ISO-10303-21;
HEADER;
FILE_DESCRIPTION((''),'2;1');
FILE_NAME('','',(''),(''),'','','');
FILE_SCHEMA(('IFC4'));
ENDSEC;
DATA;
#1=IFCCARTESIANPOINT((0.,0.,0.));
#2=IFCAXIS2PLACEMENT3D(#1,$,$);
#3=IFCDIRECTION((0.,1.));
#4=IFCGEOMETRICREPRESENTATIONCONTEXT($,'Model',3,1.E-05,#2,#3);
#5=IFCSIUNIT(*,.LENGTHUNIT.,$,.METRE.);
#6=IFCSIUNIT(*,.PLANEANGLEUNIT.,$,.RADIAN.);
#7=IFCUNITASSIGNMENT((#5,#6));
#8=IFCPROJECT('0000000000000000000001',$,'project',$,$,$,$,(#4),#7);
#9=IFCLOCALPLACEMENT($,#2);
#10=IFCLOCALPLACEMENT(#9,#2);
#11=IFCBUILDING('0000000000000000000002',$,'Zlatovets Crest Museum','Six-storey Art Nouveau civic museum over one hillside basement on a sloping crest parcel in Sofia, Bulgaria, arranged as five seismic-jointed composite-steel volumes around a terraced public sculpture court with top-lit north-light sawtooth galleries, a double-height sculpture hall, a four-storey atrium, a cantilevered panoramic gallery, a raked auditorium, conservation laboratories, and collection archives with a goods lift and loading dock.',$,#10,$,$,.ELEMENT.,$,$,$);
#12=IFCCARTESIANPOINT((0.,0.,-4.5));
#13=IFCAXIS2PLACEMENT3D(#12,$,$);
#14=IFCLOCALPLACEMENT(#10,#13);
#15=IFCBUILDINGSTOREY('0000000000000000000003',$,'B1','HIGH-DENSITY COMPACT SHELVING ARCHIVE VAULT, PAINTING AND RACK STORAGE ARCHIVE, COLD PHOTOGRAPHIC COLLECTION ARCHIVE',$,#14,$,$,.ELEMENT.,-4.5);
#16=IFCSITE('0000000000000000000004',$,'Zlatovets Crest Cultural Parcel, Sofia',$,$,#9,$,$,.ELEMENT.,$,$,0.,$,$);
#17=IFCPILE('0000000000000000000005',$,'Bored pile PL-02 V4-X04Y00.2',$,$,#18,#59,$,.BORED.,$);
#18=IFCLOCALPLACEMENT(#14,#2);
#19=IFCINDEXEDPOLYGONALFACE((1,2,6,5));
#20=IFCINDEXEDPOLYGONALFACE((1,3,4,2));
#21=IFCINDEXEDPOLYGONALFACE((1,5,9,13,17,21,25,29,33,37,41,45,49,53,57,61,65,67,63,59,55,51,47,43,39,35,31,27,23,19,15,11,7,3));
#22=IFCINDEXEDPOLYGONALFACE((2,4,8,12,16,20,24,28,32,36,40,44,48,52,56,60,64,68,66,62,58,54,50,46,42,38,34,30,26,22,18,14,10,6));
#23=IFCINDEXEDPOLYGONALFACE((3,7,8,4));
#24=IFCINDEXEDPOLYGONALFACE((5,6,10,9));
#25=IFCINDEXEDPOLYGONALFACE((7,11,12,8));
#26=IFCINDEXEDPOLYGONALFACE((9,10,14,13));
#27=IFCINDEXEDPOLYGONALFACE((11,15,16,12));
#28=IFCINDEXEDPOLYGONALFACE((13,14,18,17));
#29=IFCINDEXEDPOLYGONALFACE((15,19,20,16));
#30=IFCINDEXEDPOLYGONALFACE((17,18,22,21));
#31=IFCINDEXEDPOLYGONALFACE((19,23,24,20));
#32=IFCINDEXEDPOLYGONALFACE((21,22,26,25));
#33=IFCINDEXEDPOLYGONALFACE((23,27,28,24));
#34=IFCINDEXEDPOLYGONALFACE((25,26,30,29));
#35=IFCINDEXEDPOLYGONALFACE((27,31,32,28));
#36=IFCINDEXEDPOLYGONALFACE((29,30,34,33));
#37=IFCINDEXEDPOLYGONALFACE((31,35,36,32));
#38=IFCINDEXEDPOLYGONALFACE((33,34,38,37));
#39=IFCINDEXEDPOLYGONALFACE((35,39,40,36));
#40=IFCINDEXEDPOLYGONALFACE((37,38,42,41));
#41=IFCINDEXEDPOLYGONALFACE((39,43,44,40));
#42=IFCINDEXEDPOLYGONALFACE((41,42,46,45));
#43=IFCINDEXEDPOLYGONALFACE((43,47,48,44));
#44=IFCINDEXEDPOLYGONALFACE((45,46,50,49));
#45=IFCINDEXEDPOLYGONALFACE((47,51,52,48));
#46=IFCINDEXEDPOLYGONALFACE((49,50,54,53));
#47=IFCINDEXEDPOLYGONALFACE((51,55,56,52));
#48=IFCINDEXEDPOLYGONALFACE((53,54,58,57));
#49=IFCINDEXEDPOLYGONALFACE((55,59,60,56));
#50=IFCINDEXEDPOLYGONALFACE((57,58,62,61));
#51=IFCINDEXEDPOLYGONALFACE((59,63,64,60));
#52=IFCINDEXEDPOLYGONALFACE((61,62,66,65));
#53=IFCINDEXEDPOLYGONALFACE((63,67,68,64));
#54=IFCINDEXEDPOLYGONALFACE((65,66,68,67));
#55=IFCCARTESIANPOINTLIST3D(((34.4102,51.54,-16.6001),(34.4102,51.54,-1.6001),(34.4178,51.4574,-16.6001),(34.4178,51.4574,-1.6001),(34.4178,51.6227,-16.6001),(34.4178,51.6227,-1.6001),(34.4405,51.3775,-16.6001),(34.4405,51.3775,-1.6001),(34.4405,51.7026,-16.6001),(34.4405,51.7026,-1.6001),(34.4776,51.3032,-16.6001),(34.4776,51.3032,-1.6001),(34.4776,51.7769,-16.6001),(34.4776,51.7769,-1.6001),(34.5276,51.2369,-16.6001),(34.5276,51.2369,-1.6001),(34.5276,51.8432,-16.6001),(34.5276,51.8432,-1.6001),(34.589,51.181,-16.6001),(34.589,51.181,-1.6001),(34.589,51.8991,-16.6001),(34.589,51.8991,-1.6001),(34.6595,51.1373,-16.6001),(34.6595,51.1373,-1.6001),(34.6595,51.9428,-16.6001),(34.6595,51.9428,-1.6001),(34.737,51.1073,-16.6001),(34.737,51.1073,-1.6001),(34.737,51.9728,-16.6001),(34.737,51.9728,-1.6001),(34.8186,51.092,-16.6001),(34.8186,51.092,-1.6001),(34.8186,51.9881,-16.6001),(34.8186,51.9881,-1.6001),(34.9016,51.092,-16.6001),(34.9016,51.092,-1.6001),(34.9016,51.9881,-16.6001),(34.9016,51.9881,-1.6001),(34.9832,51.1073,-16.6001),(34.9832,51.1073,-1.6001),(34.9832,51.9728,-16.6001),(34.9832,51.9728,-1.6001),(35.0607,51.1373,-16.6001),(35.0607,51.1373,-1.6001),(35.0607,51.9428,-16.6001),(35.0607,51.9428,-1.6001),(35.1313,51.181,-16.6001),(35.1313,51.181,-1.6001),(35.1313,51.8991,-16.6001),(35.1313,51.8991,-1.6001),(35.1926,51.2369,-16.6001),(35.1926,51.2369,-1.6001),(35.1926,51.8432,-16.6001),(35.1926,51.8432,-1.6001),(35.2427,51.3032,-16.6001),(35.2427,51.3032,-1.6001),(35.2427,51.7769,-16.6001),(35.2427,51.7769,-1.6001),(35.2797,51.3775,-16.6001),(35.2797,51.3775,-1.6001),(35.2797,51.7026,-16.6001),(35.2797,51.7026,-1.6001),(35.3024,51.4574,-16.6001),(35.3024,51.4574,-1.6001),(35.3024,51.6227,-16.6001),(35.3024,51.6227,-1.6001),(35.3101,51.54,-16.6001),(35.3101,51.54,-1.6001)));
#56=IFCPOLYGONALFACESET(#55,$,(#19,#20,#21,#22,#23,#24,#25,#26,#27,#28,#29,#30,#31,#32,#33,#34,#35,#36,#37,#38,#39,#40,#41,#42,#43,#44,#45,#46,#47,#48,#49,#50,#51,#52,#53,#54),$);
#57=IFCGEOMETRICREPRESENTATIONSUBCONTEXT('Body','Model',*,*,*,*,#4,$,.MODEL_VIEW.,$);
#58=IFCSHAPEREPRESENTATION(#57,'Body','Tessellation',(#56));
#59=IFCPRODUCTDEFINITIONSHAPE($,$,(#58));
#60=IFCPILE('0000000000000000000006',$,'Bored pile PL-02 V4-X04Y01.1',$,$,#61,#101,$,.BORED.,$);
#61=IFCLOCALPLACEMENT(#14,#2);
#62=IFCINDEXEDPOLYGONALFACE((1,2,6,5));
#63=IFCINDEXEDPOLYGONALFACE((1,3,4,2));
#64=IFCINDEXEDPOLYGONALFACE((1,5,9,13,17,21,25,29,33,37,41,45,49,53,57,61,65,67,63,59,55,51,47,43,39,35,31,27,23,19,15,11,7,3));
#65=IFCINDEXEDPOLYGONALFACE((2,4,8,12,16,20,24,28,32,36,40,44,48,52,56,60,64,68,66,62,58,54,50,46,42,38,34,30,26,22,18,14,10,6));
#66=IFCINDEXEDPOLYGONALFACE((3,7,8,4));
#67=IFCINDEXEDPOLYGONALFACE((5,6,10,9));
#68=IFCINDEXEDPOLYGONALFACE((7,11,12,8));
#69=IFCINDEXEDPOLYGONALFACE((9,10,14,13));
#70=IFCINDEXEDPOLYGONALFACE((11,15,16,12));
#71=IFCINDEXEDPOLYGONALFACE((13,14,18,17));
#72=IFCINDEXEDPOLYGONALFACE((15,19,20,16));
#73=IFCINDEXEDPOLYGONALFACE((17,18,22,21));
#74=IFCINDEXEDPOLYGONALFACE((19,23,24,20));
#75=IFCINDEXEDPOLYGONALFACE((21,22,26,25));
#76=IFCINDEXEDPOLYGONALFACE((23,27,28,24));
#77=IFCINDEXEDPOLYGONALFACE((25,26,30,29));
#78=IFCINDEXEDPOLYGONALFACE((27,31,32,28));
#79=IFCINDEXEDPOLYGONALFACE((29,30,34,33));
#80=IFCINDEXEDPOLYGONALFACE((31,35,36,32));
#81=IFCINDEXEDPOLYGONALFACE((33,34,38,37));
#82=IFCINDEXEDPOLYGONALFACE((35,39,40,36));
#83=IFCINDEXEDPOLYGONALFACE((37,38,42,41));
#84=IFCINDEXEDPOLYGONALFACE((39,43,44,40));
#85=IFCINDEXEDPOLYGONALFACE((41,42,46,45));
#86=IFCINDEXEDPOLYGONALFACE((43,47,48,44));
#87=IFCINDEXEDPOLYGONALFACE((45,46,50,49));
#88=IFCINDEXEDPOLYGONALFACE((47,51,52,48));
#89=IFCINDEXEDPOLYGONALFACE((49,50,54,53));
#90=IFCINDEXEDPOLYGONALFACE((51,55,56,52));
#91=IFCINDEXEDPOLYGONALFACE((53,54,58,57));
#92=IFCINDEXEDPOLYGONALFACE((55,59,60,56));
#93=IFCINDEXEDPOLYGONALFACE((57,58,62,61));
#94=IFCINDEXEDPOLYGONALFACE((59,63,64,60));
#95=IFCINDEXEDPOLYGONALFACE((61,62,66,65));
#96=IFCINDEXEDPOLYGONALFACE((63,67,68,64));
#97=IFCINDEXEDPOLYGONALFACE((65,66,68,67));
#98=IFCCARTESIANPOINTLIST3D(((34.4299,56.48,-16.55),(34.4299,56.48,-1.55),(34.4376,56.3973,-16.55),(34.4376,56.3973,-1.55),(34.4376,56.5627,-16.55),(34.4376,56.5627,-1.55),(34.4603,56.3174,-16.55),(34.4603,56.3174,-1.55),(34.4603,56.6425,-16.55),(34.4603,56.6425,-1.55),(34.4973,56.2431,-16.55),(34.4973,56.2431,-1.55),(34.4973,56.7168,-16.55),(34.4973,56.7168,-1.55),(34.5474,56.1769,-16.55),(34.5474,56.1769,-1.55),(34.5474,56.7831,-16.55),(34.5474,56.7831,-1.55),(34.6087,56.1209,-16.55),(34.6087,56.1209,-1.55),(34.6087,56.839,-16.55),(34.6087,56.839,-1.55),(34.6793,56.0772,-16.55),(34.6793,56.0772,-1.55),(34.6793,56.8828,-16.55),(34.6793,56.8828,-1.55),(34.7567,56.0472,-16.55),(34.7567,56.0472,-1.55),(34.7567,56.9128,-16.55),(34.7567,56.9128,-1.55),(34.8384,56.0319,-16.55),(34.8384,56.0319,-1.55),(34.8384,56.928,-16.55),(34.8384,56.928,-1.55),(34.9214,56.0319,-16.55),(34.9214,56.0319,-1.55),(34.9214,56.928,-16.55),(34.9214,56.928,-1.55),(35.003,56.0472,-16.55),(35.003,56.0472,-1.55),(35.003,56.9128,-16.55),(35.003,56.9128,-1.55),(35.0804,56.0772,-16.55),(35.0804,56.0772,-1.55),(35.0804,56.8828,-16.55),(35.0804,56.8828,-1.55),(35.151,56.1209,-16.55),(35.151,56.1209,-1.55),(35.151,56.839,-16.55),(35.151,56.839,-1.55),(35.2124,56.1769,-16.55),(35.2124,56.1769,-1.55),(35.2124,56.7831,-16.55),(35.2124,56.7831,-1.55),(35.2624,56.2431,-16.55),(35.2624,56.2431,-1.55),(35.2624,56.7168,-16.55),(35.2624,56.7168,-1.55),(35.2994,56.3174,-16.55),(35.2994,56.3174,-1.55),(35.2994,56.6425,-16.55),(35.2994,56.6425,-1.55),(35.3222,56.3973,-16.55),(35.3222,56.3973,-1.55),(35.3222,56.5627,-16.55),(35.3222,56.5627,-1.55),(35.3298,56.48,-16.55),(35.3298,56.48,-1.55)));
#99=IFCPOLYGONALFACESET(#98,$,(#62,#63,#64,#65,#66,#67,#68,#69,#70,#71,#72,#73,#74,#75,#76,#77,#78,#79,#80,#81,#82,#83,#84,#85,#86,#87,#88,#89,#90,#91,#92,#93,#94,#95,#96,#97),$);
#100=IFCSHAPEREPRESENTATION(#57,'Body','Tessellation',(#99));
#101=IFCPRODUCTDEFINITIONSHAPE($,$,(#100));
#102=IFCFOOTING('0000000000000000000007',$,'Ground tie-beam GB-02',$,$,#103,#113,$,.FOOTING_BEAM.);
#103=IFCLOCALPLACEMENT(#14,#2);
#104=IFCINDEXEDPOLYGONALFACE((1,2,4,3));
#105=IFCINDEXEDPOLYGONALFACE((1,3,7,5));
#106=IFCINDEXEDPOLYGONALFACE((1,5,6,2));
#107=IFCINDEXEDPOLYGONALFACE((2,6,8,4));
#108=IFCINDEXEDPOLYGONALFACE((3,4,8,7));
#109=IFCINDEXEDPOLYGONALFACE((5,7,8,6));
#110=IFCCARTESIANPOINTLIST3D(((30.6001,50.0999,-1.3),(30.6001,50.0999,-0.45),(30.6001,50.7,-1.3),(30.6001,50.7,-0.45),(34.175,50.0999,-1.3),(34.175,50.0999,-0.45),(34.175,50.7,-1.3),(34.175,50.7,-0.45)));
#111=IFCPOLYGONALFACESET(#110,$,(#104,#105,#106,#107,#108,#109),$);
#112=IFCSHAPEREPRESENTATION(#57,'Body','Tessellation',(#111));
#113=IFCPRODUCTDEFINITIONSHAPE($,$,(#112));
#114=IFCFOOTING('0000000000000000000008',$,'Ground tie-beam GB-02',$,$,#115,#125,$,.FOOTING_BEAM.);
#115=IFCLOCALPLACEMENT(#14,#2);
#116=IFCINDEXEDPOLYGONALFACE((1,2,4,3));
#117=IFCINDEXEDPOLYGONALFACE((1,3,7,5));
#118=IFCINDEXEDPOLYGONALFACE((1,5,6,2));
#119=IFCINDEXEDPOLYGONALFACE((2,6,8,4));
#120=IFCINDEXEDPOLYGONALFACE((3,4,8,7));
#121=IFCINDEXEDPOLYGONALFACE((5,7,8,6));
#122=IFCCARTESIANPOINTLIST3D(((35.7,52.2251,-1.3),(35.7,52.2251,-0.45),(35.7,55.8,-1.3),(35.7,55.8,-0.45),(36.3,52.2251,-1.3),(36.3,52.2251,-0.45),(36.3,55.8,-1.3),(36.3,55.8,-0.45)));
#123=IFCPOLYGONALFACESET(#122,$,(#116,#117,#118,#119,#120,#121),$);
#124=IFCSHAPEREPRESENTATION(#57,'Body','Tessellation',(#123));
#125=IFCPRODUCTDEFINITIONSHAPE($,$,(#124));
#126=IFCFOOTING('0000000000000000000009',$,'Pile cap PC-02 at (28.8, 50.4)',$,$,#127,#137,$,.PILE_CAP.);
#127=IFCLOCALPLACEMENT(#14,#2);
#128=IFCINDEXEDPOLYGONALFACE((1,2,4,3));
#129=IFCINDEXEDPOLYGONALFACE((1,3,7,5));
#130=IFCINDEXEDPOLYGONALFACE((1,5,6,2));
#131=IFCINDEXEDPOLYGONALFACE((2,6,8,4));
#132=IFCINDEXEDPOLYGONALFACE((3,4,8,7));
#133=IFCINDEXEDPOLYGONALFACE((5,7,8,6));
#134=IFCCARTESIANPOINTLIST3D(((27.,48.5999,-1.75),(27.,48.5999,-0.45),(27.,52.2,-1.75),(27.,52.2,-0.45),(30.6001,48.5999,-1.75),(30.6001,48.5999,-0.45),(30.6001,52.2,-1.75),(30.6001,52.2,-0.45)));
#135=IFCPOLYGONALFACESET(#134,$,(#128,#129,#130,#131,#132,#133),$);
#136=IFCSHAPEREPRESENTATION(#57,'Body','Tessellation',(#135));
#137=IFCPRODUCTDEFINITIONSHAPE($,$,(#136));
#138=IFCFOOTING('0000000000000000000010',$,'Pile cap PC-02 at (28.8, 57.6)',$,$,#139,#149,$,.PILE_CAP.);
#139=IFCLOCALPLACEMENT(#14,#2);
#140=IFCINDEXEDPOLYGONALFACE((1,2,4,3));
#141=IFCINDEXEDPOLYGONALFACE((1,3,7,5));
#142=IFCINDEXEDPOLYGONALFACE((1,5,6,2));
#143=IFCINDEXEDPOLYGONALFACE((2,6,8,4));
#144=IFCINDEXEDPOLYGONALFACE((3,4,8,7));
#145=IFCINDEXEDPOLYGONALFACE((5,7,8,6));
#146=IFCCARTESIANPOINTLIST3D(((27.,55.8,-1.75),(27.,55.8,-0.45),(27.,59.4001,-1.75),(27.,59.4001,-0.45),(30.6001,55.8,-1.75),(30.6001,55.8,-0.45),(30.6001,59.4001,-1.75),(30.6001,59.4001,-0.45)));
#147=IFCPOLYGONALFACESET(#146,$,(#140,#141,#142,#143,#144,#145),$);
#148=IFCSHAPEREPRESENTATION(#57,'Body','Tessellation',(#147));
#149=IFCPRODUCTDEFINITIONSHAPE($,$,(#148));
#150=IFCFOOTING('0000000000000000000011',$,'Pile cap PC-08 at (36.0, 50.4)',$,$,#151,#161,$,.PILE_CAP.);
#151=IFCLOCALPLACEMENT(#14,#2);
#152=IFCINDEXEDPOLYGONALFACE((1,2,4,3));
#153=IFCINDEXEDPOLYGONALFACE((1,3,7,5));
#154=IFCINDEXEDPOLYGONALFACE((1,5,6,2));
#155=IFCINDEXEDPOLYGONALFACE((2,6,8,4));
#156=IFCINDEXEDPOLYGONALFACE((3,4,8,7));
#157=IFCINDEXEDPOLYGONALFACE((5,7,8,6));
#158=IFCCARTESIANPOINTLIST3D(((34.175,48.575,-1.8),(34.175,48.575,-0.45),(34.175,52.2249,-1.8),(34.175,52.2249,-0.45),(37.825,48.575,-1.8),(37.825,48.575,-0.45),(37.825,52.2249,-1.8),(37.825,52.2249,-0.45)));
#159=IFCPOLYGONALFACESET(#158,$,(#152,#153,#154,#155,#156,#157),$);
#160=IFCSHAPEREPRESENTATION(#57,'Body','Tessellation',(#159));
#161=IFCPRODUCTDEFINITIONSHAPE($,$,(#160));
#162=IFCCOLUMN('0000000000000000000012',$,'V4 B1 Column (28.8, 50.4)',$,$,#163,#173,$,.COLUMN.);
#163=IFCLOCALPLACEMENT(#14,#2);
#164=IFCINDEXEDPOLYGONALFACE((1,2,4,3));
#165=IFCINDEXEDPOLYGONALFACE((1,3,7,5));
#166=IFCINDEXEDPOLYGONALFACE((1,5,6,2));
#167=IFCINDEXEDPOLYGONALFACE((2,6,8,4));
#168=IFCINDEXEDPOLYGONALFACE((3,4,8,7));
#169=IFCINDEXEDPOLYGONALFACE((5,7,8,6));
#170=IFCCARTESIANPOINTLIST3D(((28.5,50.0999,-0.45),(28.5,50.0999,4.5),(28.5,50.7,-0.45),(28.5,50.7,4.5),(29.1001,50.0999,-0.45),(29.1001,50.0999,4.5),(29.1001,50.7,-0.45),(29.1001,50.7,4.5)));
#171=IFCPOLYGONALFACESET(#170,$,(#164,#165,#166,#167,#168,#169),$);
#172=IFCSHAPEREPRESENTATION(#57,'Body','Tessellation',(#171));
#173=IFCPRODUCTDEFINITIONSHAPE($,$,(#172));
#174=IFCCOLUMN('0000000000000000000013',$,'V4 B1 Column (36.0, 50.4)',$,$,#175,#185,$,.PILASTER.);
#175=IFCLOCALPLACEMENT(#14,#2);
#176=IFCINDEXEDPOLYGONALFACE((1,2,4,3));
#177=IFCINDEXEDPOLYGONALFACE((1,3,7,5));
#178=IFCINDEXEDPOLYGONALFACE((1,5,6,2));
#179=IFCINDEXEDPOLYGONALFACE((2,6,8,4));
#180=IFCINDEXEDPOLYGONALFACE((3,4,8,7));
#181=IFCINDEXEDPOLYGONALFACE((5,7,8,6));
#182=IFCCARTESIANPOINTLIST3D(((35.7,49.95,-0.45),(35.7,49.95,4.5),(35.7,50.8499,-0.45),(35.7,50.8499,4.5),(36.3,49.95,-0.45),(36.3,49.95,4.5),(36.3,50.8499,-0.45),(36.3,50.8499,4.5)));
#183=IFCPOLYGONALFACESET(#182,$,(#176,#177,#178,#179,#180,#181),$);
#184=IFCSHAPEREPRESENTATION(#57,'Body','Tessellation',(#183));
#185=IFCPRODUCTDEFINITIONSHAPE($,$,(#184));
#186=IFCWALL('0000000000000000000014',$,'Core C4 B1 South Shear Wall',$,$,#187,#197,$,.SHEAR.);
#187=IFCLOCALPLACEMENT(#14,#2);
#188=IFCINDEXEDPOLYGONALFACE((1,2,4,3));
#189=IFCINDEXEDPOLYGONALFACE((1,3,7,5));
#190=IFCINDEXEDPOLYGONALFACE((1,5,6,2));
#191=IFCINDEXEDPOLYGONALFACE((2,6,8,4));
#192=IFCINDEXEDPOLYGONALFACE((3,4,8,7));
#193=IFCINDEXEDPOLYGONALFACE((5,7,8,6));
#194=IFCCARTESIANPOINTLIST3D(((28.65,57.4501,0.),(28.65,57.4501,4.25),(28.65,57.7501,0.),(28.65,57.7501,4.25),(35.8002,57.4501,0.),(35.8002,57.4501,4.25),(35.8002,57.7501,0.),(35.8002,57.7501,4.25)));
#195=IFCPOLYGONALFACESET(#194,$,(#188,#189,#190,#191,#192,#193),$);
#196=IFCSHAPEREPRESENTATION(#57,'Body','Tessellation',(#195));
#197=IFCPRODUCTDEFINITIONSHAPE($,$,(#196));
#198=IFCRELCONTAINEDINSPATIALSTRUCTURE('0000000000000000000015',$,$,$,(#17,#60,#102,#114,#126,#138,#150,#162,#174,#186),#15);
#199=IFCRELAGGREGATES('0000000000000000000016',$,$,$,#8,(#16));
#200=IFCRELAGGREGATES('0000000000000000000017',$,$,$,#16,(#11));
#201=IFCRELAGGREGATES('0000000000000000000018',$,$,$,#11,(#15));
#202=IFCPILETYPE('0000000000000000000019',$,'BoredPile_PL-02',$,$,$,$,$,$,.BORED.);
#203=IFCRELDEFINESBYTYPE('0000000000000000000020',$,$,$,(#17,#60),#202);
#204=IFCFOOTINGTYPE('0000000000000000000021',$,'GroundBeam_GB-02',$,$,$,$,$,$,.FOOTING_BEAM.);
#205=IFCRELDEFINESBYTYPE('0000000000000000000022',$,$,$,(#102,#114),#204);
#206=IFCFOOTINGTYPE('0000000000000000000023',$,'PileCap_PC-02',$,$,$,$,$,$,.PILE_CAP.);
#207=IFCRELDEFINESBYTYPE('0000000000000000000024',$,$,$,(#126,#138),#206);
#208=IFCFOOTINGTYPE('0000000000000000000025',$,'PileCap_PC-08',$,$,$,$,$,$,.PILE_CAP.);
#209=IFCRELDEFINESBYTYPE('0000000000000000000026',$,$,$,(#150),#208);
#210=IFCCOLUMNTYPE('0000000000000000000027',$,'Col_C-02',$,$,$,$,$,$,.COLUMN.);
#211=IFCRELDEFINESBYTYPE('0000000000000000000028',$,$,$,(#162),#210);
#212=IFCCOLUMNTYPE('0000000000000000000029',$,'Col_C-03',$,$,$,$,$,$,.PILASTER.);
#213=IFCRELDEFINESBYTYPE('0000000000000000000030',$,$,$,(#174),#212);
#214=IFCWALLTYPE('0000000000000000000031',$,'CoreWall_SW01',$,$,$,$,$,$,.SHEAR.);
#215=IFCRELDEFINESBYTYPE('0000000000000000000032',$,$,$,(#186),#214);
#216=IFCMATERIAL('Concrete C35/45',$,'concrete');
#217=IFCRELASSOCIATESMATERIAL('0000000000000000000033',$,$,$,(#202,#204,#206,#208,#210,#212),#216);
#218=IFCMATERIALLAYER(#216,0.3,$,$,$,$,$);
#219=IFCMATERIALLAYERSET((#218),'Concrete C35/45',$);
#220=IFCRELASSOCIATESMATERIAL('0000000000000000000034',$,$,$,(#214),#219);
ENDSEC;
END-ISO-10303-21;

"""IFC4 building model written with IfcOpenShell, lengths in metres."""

from ifc_helpers import new_model, si_unit, direction, frame, frame_2d, origin, origin_2d, place, context, subcontext, project, spatial, rectangle, circle, extrude, material, layer, layer_set, material_profile, profile_set, type_object, element, save


model = new_model("IFC4")

# Units and contexts
model_context = context("Model", 3, precision=1e-05, world=origin(), true_north=direction((0.0, 1.0)))
body_context = subcontext(model_context, "Body", "Model", "MODEL_VIEW")
ifc_project = project(units=[si_unit("LENGTHUNIT", "METRE"), si_unit("PLANEANGLEUNIT", "RADIAN")], contexts=[model_context])

# Site, building, storey
site_placement = place(None, origin())
site = spatial("IfcSite", under=ifc_project, at=site_placement, Name="Zlatovets Crest Cultural Parcel, Sofia", CompositionType="ELEMENT", RefElevation=0.0)
building_placement = place(site_placement, origin())
building = spatial("IfcBuilding", under=site, at=building_placement, Name="Zlatovets Crest Museum", Description="Six-storey Art Nouveau civic museum over one hillside basement on a sloping crest parcel in Sofia, Bulgaria, arranged as five seismic-jointed composite-steel volumes around a terraced public sculpture court with top-lit north-light sawtooth galleries, a double-height sculpture hall, a four-storey atrium, a cantilevered panoramic gallery, a raked auditorium, conservation laboratories, and collection archives with a goods lift and loading dock.", CompositionType="ELEMENT")
storey_placement = place(building_placement, frame((0.0, 0.0, -4.5)))
storey = spatial("IfcBuildingStorey", under=building, at=storey_placement, Name="B1", Description="HIGH-DENSITY COMPACT SHELVING ARCHIVE VAULT, PAINTING AND RACK STORAGE ARCHIVE, COLD PHOTOGRAPHIC COLLECTION ARCHIVE", CompositionType="ELEMENT", Elevation=-4.5)

# Piles
ifc_material_1 = material(Name="Concrete C35/45", Category="concrete")
ifc_material_profile_1 = material_profile(ifc_material_1, circle(Radius=0.45, at=origin_2d()), Name="PILE D900")
ifc_profile_set_1 = profile_set([ifc_material_profile_1], Name="Concrete C35/45")
pile_type = type_object("IfcPileType", Name="BoredPile_PL-02", PredefinedType="BORED", material=ifc_profile_set_1)
for number, where, z_axis, x_axis, name in (
    (1, (34.8601, 51.54, -1.6001), (0.0, 0.0, -1.0), (1.0, 0.0, 0.0), "Bored pile PL-02 V4-X04Y00.2"),
    (2, (34.8799, 56.48, -1.55), (0.0, 0.0, -1.0), (1.0, 0.0, 0.0), "Bored pile PL-02 V4-X04Y01.1"),
):
    element("IfcPile", number, at=place(storey_placement, frame(where, z_axis=z_axis, x_axis=x_axis)), inside=storey, type_object=pile_type, Name=name, PredefinedType="BORED", context=body_context, shape_type="SweptSolid", body=[
        extrude(circle(Radius=0.45, at=origin_2d()), origin(), (0.0, 0.0, 1.0), 15.0),
    ])

# Footings
ifc_material_profile_2 = material_profile(ifc_material_1, rectangle(XDim=0.6001, YDim=0.8501, at=origin_2d()), Name="RC 600x850")
ifc_profile_set_2 = profile_set([ifc_material_profile_2], Name="Concrete C35/45")
footing_type_1 = type_object("IfcFootingType", Name="GroundBeam_GB-02", PredefinedType="FOOTING_BEAM", material=ifc_profile_set_2)
for number, where, z_axis, x_axis, name in (
    (3, (30.6001, 50.3999, -0.875), (1.0, 0.0, 0.0), (0.0, 1.0, 0.0), "Ground tie-beam GB-02"),
    (4, (36.0, 52.2251, -0.875), (0.0, 1.0, 0.0), (-1.0, 0.0, 0.0), "Ground tie-beam GB-02"),
):
    element("IfcFooting", number, at=place(storey_placement, frame(where, z_axis=z_axis, x_axis=x_axis)), inside=storey, type_object=footing_type_1, Name=name, PredefinedType="FOOTING_BEAM", context=body_context, shape_type="SweptSolid", body=[
        extrude(rectangle(XDim=0.6001, YDim=0.8501, at=origin_2d()), origin(), (0.0, 0.0, 1.0), 3.575),
    ])
footing_type_2 = type_object("IfcFootingType", Name="PileCap_PC-02", PredefinedType="PILE_CAP", material=ifc_material_1)
for number, where, z_axis, x_axis, name in (
    (5, (28.8, 50.3999, -1.75), (0.0, 0.0, 1.0), (1.0, 0.0, 0.0), "Pile cap PC-02 at (28.8, 50.4)"),
    (6, (28.8, 57.6001, -1.75), (0.0, 0.0, 1.0), (1.0, 0.0, 0.0), "Pile cap PC-02 at (28.8, 57.6)"),
):
    element("IfcFooting", number, at=place(storey_placement, frame(where, z_axis=z_axis, x_axis=x_axis)), inside=storey, type_object=footing_type_2, Name=name, PredefinedType="PILE_CAP", context=body_context, shape_type="SweptSolid", body=[
        extrude(rectangle(XDim=3.6001, YDim=3.6001, at=origin_2d()), origin(), (0.0, 0.0, 1.0), 1.3),
    ])
footing_type_3 = type_object("IfcFootingType", Name="PileCap_PC-08", PredefinedType="PILE_CAP", material=ifc_material_1)
footing_placement = place(storey_placement, frame((36.0, 50.3999, -1.8), z_axis=(0.0, 0.0, 1.0), x_axis=(1.0, 0.0, 0.0)))
element("IfcFooting", 7, at=footing_placement, inside=storey, type_object=footing_type_3, Name="Pile cap PC-08 at (36.0, 50.4)", PredefinedType="PILE_CAP", context=body_context, shape_type="SweptSolid", body=[
    extrude(rectangle(XDim=3.6499, YDim=3.6499, at=origin_2d()), origin(), (0.0, 0.0, 1.0), 1.3501),
])

# Columns
ifc_material_profile_3 = material_profile(ifc_material_1, rectangle(XDim=0.6001, YDim=0.6001, at=origin_2d()), Name="RC 600x600")
ifc_profile_set_3 = profile_set([ifc_material_profile_3], Name="Concrete C35/45")
column_type_1 = type_object("IfcColumnType", Name="Col_C-02", PredefinedType="COLUMN", material=ifc_profile_set_3)
column_1_placement = place(storey_placement, frame((28.8, 50.3999, -0.45), z_axis=(0.0, 0.0, 1.0), x_axis=(0.0, 1.0, 0.0)))
element("IfcColumn", 8, at=column_1_placement, inside=storey, type_object=column_type_1, Name="V4 B1 Column (28.8, 50.4)", PredefinedType="COLUMN", context=body_context, shape_type="SweptSolid", body=[
    extrude(rectangle(XDim=0.6001, YDim=0.6001, at=origin_2d()), origin(), (0.0, 0.0, 1.0), 4.95),
])
ifc_material_profile_4 = material_profile(ifc_material_1, rectangle(XDim=0.6001, YDim=0.8999, at=origin_2d()), Name="RC 600x900")
ifc_profile_set_4 = profile_set([ifc_material_profile_4], Name="Concrete C35/45")
column_type_2 = type_object("IfcColumnType", Name="Col_C-03", PredefinedType="PILASTER", material=ifc_profile_set_4)
column_2_placement = place(storey_placement, frame((36.0, 50.3999, -0.45), z_axis=(0.0, 0.0, 1.0), x_axis=(1.0, 0.0, 0.0)))
element("IfcColumn", 9, at=column_2_placement, inside=storey, type_object=column_type_2, Name="V4 B1 Column (36.0, 50.4)", PredefinedType="PILASTER", context=body_context, shape_type="SweptSolid", body=[
    extrude(rectangle(XDim=0.6001, YDim=0.8999, at=origin_2d()), origin(), (0.0, 0.0, 1.0), 4.95),
])

# Wall
ifc_layer_1 = layer(ifc_material_1, 0.3)
ifc_layer_set_1 = layer_set([ifc_layer_1], Name="Concrete C35/45")
wall_type_1 = type_object("IfcWallType", Name="CoreWall_SW01", PredefinedType="SHEAR", material=ifc_layer_set_1)
wall_1_placement = place(storey_placement, frame((28.6499, 57.6001, 0.0), z_axis=(0.0, 0.0, 1.0), x_axis=(1.0, 0.0, 0.0)))
element("IfcWall", 10, at=wall_1_placement, inside=storey, type_object=wall_type_1, Name="Core C4 B1 South Shear Wall", PredefinedType="SHEAR", context=body_context, shape_type="SweptSolid", body=[
    extrude(rectangle(XDim=7.1501, YDim=0.3, at=frame_2d((3.5752, 0.0))), origin(), (0.0, 0.0, 1.0), 4.25),
])

save(model, "model.ifc")
